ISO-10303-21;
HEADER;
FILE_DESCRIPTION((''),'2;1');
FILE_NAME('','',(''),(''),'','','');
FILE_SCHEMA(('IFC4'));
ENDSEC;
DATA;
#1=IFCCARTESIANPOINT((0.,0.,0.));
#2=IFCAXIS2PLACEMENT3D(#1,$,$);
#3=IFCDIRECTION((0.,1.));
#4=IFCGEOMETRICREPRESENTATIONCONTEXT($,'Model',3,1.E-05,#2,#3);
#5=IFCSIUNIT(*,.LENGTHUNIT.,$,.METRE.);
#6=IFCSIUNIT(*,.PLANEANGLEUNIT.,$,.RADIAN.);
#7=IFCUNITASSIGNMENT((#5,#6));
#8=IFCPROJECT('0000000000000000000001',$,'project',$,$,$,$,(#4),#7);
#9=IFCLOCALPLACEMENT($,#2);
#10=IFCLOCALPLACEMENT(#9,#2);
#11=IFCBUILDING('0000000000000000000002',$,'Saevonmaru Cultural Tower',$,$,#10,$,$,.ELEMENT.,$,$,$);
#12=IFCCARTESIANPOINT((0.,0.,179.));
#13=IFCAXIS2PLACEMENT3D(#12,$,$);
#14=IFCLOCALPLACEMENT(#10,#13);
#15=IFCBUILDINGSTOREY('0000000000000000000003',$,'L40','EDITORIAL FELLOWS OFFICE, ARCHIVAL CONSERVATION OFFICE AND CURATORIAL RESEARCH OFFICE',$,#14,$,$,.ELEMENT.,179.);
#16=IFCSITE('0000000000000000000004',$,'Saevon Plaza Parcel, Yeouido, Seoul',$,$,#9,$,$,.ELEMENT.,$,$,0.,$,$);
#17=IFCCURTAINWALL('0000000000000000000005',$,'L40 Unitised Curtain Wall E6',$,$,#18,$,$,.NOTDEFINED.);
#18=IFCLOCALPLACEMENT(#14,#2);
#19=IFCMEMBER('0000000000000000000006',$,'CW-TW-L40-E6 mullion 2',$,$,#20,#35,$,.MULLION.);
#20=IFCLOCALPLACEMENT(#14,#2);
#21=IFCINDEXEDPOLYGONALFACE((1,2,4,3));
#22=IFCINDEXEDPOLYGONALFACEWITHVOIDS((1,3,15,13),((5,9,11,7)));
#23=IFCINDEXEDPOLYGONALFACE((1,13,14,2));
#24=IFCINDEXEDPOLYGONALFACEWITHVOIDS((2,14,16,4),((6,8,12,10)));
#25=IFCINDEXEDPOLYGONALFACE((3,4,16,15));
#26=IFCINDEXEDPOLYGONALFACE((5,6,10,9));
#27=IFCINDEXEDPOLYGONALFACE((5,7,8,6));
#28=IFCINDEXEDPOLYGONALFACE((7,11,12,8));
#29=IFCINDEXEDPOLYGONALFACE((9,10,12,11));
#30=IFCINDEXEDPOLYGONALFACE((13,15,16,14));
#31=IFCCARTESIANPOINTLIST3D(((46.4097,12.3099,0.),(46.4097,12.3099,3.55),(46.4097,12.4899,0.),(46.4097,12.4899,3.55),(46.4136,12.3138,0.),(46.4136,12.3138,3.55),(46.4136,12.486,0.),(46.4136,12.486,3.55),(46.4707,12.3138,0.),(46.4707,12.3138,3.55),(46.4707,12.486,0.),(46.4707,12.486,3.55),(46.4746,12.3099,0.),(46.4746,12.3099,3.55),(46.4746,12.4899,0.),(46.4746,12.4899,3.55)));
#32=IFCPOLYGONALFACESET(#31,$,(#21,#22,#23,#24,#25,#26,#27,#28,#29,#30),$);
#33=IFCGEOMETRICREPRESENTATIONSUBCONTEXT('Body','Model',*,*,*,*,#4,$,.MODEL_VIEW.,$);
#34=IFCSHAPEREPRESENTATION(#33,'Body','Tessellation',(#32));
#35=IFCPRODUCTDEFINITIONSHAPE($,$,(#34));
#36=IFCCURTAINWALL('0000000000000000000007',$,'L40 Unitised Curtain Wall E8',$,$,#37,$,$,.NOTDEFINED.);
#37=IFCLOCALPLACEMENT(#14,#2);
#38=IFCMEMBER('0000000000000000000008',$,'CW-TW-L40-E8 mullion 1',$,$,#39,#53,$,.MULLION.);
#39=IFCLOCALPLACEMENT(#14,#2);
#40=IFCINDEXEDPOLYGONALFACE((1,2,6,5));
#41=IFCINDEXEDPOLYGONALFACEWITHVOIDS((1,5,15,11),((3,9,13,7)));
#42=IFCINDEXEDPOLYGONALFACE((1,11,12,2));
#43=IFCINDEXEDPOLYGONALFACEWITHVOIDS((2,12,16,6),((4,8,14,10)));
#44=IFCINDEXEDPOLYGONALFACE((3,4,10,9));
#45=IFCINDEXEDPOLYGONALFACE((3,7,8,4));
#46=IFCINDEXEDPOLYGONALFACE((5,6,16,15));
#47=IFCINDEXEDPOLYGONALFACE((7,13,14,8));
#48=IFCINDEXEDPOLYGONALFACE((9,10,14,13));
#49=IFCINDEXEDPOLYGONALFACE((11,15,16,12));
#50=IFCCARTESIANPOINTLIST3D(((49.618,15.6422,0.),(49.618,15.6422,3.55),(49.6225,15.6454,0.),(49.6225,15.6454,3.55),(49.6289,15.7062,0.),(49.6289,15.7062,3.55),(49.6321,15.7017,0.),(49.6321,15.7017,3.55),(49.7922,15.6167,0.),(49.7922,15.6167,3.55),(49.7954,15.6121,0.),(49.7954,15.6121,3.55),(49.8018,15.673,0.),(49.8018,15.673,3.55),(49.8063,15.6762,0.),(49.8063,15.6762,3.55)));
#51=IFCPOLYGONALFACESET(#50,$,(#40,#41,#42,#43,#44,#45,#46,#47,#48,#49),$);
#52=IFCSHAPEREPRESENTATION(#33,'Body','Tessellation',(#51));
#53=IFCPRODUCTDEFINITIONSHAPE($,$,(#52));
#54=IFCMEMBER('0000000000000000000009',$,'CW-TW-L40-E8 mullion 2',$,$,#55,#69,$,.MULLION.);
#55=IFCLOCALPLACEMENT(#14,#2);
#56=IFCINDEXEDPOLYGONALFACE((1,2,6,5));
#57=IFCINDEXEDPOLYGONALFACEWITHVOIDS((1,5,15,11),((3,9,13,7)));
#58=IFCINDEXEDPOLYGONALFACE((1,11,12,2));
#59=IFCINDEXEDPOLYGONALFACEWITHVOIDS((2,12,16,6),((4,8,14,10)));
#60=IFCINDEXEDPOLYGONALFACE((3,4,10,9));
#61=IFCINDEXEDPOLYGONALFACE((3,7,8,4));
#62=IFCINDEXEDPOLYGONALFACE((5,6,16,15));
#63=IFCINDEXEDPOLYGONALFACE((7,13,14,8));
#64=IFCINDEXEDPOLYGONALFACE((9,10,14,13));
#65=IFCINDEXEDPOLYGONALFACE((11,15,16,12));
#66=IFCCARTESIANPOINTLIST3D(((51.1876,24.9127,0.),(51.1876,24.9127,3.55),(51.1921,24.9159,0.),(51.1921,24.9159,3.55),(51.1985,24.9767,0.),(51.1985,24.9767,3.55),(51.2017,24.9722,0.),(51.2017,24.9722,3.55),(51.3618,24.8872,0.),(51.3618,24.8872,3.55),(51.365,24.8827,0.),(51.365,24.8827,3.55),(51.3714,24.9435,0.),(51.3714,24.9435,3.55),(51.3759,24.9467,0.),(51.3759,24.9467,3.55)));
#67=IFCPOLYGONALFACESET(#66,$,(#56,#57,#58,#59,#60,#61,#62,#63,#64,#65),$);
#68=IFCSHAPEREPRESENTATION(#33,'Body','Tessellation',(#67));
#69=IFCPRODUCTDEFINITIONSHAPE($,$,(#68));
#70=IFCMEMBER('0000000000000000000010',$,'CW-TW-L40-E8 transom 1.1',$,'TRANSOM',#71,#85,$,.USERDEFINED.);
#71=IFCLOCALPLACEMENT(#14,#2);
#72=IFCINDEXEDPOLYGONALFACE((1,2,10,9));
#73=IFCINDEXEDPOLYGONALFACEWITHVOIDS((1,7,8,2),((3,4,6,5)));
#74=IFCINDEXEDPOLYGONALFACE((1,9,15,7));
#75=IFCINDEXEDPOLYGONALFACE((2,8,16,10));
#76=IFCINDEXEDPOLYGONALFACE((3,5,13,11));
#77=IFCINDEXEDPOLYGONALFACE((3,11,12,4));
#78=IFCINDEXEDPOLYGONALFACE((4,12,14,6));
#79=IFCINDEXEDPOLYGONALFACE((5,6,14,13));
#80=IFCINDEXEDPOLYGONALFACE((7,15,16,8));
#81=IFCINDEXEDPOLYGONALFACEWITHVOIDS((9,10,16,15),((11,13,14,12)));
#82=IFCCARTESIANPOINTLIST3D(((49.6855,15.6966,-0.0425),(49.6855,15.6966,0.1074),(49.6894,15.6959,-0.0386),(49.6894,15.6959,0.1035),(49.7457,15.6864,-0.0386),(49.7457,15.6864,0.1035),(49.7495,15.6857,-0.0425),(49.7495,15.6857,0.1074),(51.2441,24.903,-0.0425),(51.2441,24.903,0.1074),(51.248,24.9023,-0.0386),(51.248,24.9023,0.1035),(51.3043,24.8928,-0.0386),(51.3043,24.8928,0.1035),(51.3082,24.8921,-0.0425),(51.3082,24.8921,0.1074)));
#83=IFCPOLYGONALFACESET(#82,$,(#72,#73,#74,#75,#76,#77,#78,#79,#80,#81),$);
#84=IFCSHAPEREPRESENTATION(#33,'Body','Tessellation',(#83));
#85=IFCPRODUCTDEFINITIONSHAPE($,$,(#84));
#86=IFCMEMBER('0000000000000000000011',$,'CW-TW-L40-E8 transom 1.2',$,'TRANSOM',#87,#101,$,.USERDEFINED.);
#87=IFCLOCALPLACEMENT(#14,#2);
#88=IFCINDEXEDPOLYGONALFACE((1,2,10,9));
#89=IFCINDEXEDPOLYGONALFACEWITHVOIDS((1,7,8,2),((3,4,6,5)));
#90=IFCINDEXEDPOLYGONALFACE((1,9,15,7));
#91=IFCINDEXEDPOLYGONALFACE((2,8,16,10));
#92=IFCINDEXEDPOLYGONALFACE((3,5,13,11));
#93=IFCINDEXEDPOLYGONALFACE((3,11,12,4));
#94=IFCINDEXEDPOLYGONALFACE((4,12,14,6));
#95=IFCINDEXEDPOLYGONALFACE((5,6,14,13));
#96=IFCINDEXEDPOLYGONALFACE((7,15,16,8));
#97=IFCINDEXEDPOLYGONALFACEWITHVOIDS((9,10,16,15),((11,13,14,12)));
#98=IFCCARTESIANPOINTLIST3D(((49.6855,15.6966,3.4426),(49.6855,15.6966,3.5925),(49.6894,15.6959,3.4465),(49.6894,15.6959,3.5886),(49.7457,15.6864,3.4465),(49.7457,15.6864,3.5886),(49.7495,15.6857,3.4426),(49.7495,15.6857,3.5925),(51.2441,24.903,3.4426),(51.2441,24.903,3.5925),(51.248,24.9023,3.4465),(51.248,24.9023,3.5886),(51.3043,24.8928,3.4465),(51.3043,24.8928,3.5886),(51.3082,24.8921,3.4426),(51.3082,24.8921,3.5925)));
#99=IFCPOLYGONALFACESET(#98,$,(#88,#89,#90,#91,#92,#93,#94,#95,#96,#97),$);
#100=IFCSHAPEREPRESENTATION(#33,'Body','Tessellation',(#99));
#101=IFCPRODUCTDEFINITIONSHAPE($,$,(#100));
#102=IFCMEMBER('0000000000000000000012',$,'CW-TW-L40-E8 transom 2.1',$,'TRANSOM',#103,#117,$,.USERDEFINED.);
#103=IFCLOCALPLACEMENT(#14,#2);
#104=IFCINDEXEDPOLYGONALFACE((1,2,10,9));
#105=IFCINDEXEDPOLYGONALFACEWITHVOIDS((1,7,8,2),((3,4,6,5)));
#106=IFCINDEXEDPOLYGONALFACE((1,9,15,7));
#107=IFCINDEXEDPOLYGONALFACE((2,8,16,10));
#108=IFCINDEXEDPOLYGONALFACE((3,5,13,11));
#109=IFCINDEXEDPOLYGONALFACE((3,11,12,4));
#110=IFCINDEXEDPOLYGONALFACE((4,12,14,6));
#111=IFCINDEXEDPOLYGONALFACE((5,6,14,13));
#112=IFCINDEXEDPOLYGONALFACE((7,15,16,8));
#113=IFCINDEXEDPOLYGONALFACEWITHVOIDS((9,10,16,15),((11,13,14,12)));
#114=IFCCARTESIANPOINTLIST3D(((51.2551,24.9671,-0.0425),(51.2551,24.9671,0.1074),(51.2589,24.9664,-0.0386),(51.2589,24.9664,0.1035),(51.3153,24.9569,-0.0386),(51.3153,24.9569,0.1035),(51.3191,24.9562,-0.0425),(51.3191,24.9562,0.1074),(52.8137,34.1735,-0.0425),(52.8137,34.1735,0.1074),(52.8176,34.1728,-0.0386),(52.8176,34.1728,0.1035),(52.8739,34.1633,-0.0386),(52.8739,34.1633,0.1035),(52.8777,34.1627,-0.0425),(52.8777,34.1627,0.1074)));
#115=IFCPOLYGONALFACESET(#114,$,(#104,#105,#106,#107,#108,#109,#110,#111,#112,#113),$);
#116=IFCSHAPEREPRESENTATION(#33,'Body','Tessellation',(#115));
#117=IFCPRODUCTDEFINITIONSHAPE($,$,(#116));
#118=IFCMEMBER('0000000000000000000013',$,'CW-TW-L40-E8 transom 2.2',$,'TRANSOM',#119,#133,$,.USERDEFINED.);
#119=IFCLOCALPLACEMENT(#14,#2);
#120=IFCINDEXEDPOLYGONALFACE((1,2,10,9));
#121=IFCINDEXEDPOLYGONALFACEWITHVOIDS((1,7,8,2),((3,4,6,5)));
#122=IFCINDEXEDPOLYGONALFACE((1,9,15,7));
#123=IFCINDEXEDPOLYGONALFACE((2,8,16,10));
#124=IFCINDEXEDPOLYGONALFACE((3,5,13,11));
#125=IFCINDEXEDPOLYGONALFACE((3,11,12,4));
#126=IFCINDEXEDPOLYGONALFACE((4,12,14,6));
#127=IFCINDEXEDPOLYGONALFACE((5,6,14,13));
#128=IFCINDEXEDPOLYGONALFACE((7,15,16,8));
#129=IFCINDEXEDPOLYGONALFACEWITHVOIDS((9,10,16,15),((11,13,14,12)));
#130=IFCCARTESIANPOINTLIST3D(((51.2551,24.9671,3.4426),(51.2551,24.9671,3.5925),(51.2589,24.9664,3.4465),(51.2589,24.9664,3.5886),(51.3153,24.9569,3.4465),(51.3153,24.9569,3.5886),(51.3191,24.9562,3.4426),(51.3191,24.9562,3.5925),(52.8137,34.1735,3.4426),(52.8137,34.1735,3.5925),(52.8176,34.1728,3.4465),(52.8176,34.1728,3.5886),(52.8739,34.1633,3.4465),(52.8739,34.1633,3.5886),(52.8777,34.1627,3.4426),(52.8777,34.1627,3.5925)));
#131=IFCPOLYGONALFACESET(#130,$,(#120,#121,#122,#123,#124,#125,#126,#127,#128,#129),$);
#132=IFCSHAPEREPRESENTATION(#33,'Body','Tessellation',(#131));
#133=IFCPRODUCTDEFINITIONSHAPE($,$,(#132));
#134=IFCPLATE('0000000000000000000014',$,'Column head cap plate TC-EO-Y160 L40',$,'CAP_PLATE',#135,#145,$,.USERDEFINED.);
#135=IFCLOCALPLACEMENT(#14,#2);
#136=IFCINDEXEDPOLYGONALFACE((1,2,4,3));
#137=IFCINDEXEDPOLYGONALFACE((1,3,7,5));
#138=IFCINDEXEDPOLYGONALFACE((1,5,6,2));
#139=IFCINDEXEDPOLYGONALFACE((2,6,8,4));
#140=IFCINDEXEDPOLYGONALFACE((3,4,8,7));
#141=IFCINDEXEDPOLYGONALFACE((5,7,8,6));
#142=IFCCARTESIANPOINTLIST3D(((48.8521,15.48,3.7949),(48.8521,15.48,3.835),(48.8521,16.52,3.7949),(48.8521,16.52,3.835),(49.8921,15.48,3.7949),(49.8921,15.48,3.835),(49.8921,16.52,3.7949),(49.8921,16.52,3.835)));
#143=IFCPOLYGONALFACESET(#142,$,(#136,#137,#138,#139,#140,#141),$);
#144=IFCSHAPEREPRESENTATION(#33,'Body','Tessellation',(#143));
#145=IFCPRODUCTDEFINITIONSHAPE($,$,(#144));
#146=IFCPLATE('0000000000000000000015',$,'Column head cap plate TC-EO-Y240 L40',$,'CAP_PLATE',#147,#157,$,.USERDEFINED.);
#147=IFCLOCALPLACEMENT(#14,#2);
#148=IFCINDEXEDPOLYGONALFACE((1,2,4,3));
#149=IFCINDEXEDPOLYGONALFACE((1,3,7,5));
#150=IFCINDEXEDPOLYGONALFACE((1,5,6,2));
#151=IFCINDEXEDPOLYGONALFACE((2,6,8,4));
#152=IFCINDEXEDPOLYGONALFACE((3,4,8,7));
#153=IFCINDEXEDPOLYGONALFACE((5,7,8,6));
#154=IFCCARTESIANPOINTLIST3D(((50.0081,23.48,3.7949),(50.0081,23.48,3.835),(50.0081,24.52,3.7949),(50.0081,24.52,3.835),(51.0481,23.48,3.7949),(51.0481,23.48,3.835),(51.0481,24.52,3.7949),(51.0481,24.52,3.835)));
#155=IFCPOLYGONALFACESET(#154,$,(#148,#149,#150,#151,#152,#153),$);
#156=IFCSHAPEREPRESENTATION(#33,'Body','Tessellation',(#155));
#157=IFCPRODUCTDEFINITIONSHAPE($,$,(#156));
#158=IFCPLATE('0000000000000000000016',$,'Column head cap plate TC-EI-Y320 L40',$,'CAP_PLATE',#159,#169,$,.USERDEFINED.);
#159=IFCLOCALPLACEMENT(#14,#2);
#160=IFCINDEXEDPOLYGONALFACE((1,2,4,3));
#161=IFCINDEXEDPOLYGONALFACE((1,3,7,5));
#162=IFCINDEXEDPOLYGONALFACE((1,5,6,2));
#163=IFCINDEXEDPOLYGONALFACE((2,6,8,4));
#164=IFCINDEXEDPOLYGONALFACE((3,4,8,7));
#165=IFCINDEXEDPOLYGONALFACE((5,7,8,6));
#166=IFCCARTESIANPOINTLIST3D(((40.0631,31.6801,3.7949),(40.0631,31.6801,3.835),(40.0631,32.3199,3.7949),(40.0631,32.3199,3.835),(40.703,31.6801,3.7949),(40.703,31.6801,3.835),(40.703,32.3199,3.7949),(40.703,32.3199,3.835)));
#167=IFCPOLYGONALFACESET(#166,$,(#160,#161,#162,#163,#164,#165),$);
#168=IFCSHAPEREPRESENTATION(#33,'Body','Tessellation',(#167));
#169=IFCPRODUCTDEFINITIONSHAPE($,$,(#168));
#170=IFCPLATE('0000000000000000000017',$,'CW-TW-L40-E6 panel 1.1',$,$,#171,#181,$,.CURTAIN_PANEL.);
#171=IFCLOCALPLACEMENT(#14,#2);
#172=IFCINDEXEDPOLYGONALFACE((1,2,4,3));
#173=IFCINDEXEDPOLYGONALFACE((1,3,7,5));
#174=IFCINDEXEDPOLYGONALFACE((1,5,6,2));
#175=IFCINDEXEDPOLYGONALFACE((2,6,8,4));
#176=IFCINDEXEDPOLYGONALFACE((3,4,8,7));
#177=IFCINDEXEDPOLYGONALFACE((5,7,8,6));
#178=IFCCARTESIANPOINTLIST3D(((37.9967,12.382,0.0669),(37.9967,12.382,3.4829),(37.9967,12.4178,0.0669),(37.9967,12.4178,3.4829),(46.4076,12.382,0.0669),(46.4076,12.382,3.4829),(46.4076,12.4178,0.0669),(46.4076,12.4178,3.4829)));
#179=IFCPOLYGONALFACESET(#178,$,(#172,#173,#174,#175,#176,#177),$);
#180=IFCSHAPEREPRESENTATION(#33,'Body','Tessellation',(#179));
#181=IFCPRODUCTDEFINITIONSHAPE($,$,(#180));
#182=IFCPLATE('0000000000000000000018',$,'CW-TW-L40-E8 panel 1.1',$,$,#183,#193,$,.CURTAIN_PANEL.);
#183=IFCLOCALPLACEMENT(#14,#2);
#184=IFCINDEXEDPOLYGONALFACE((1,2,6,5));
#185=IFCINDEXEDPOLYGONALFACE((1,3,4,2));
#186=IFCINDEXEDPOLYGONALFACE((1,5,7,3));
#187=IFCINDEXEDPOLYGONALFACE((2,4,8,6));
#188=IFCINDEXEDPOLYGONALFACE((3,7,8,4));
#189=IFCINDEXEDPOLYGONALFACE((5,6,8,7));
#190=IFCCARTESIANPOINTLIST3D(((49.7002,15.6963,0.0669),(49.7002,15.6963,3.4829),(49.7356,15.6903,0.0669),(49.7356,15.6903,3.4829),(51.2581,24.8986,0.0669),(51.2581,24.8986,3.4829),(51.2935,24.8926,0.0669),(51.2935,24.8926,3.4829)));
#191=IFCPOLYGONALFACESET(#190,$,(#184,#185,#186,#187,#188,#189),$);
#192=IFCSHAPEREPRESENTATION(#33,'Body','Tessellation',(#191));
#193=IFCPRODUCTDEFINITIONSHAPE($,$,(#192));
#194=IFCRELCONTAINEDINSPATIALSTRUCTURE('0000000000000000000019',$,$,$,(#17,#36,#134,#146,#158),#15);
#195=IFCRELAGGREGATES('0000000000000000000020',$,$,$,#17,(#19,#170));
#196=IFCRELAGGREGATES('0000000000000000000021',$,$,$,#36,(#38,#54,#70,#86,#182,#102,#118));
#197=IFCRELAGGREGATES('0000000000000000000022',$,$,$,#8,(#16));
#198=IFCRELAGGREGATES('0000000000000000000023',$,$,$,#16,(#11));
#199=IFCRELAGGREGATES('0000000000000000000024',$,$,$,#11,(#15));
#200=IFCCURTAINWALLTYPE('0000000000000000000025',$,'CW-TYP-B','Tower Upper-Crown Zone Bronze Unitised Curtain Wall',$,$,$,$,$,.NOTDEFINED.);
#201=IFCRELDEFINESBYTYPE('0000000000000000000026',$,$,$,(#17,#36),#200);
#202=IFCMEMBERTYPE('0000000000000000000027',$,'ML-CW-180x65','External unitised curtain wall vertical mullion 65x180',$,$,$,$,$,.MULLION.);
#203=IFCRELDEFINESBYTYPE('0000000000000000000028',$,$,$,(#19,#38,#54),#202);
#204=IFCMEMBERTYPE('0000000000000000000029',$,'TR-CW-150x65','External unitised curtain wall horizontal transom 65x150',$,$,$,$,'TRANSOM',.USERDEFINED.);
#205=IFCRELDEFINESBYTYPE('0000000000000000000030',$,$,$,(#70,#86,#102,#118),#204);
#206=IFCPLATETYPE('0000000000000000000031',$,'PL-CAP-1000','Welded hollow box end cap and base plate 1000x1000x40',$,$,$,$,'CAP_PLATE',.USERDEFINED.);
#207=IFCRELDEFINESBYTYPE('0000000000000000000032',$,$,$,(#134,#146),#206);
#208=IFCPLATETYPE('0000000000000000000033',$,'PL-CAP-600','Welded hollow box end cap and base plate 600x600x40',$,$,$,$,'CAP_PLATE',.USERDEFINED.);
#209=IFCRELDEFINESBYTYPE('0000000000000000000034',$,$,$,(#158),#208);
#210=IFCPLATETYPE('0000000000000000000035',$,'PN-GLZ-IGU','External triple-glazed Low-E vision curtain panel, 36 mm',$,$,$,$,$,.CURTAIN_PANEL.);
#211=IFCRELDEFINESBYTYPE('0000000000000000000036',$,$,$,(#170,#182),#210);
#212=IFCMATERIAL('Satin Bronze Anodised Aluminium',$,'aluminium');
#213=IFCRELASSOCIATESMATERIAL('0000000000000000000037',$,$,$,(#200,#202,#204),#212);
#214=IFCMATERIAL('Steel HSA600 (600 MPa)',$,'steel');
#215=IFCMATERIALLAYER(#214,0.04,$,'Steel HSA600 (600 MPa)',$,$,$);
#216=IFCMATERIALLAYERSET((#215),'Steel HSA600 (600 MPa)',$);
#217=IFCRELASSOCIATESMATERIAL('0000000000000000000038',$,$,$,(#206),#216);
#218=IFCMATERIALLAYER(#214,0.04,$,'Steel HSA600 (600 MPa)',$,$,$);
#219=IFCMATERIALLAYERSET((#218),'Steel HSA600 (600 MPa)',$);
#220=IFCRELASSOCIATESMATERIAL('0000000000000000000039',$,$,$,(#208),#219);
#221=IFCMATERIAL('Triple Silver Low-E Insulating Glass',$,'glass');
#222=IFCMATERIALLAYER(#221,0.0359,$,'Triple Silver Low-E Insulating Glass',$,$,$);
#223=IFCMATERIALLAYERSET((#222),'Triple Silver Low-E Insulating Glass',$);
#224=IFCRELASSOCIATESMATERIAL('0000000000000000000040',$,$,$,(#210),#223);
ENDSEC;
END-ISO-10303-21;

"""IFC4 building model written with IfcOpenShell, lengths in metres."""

from ifc_helpers import new_model, si_unit, direction, frame, origin, origin_2d, place, context, subcontext, project, spatial, rectangle, hollow_rectangle, extrude, material, layer, layer_set, material_profile, profile_set, type_object, element, aggregate, save


model = new_model("IFC4")

# Units and contexts
model_context = context("Model", 3, precision=1e-05, world=origin(), true_north=direction((0.0, 1.0)))
body_context = subcontext(model_context, "Body", "Model", "MODEL_VIEW")
ifc_project = project(units=[si_unit("LENGTHUNIT", "METRE"), si_unit("PLANEANGLEUNIT", "RADIAN")], contexts=[model_context])

# Site, building, storey
site_placement = place(None, origin())
site = spatial("IfcSite", under=ifc_project, at=site_placement, Name="Saevon Plaza Parcel, Yeouido, Seoul", CompositionType="ELEMENT", RefElevation=0.0)
building_placement = place(site_placement, origin())
building = spatial("IfcBuilding", under=site, at=building_placement, Name="Saevonmaru Cultural Tower", CompositionType="ELEMENT")
storey_placement = place(building_placement, frame((0.0, 0.0, 179.0)))
storey = spatial("IfcBuildingStorey", under=building, at=storey_placement, Name="L40", Description="EDITORIAL FELLOWS OFFICE, ARCHIVAL CONSERVATION OFFICE AND CURATORIAL RESEARCH OFFICE", CompositionType="ELEMENT", Elevation=179.0)

# Curtain wall, member
ifc_material_1 = material(Name="Satin Bronze Anodised Aluminium", Category="aluminium")
curtain_wall_type = type_object("IfcCurtainWallType", Name="CW-TYP-B", Description="Tower Upper-Crown Zone Bronze Unitised Curtain Wall", PredefinedType="NOTDEFINED", material=ifc_material_1)
curtain_wall_1_placement = place(storey_placement, origin())
curtain_wall_1 = element("IfcCurtainWall", 1, at=curtain_wall_1_placement, inside=storey, type_object=curtain_wall_type, Name="L40 Unitised Curtain Wall E6", PredefinedType="NOTDEFINED")
ifc_material_profile_1 = material_profile(ifc_material_1, hollow_rectangle(XDim=0.0649, YDim=0.1799, WallThickness=0.0039, at=origin_2d()), Name="ALU-MULL-180x65x4")
ifc_profile_set_1 = profile_set([ifc_material_profile_1], Name="Satin Bronze Anodised Aluminium")
member_type_1 = type_object("IfcMemberType", Name="ML-CW-180x65", Description="External unitised curtain wall vertical mullion 65x180", PredefinedType="MULLION", material=ifc_profile_set_1)
member_1_placement = place(storey_placement, frame((46.4421, 12.3999, 0.0), z_axis=(0.0, 0.0, 1.0), x_axis=(1.0, 0.0, 0.0)))
member_1 = element("IfcMember", 2, at=member_1_placement, type_object=member_type_1, Name="CW-TW-L40-E6 mullion 2", PredefinedType="MULLION", context=body_context, shape_type="SweptSolid", body=[
    extrude(hollow_rectangle(XDim=0.0649, YDim=0.1799, WallThickness=0.0039, at=origin_2d()), origin(), (0.0, 0.0, 1.0), 3.55),
])

# Curtain wall, members
curtain_wall_2_placement = place(storey_placement, origin())
curtain_wall_2 = element("IfcCurtainWall", 3, at=curtain_wall_2_placement, inside=storey, type_object=curtain_wall_type, Name="L40 Unitised Curtain Wall E8", PredefinedType="NOTDEFINED")
member_2_placement = place(storey_placement, frame((49.7122, 15.6592, 0.0), z_axis=(0.0, 0.0, 1.0), x_axis=(0.166922, 0.98597, 0.0)))
member_2 = element("IfcMember", 4, at=member_2_placement, type_object=member_type_1, Name="CW-TW-L40-E8 mullion 1", PredefinedType="MULLION", context=body_context, shape_type="SweptSolid", body=[
    extrude(hollow_rectangle(XDim=0.0649, YDim=0.1799, WallThickness=0.0039, at=origin_2d()), origin(), (0.0, 0.0, 1.0), 3.55),
])
member_3_placement = place(storey_placement, frame((51.2817, 24.9297, 0.0), z_axis=(0.0, 0.0, 1.0), x_axis=(0.166922, 0.98597, 0.0)))
member_3 = element("IfcMember", 5, at=member_3_placement, type_object=member_type_1, Name="CW-TW-L40-E8 mullion 2", PredefinedType="MULLION", context=body_context, shape_type="SweptSolid", body=[
    extrude(hollow_rectangle(XDim=0.0649, YDim=0.1799, WallThickness=0.0039, at=origin_2d()), origin(), (0.0, 0.0, 1.0), 3.55),
])
ifc_material_profile_2 = material_profile(ifc_material_1, hollow_rectangle(XDim=0.0649, YDim=0.1499, WallThickness=0.0039, at=origin_2d()), Name="ALU-TRAN-150x65x4")
ifc_profile_set_2 = profile_set([ifc_material_profile_2], Name="Satin Bronze Anodised Aluminium")
member_type_2 = type_object("IfcMemberType", Name="TR-CW-150x65", Description="External unitised curtain wall horizontal transom 65x150", ElementType="TRANSOM", PredefinedType="USERDEFINED", material=ifc_profile_set_2)
member_4_placement = place(storey_placement, frame((49.7175, 15.6912, 0.0325), z_axis=(0.166921, 0.98597, 0.0), x_axis=(-0.98597, 0.166921, 0.0)))
member_4 = element("IfcMember", 6, at=member_4_placement, type_object=member_type_2, Name="CW-TW-L40-E8 transom 1.1", ObjectType="TRANSOM", PredefinedType="USERDEFINED", context=body_context, shape_type="SweptSolid", body=[
    extrude(hollow_rectangle(XDim=0.0649, YDim=0.1499, WallThickness=0.0039, at=origin_2d()), origin(), (0.0, 0.0, 1.0), 9.3374),
])
member_5_placement = place(storey_placement, frame((49.7175, 15.6912, 3.5176), z_axis=(0.166921, 0.98597, 0.0), x_axis=(-0.98597, 0.166921, 0.0)))
member_5 = element("IfcMember", 7, at=member_5_placement, type_object=member_type_2, Name="CW-TW-L40-E8 transom 1.2", ObjectType="TRANSOM", PredefinedType="USERDEFINED", context=body_context, shape_type="SweptSolid", body=[
    extrude(hollow_rectangle(XDim=0.0649, YDim=0.1499, WallThickness=0.0039, at=origin_2d()), origin(), (0.0, 0.0, 1.0), 9.3374),
])
member_6_placement = place(storey_placement, frame((51.2871, 24.9617, 0.0325), z_axis=(0.166921, 0.98597, 0.0), x_axis=(-0.98597, 0.166921, 0.0)))
member_6 = element("IfcMember", 8, at=member_6_placement, type_object=member_type_2, Name="CW-TW-L40-E8 transom 2.1", ObjectType="TRANSOM", PredefinedType="USERDEFINED", context=body_context, shape_type="SweptSolid", body=[
    extrude(hollow_rectangle(XDim=0.0649, YDim=0.1499, WallThickness=0.0039, at=origin_2d()), origin(), (0.0, 0.0, 1.0), 9.3374),
])
member_7_placement = place(storey_placement, frame((51.2871, 24.9617, 3.5176), z_axis=(0.166921, 0.98597, 0.0), x_axis=(-0.98597, 0.166921, 0.0)))
member_7 = element("IfcMember", 9, at=member_7_placement, type_object=member_type_2, Name="CW-TW-L40-E8 transom 2.2", ObjectType="TRANSOM", PredefinedType="USERDEFINED", context=body_context, shape_type="SweptSolid", body=[
    extrude(hollow_rectangle(XDim=0.0649, YDim=0.1499, WallThickness=0.0039, at=origin_2d()), origin(), (0.0, 0.0, 1.0), 9.3374),
])

# Plates
ifc_material_2 = material(Name="Steel HSA600 (600 MPa)", Category="steel")
ifc_layer_1 = layer(ifc_material_2, 0.04, Name="Steel HSA600 (600 MPa)")
ifc_layer_set_1 = layer_set([ifc_layer_1], Name="Steel HSA600 (600 MPa)")
plate_type_1 = type_object("IfcPlateType", Name="PL-CAP-1000", Description="Welded hollow box end cap and base plate 1000x1000x40", ElementType="CAP_PLATE", PredefinedType="USERDEFINED", material=ifc_layer_set_1)
for number, where, z_axis, x_axis, name in (
    (10, (49.3721, 16.0, 3.7949), (0.0, 0.0, 1.0), (1.0, 0.0, 0.0), "Column head cap plate TC-EO-Y160 L40"),
    (11, (50.5281, 24.0, 3.7949), (0.0, 0.0, 1.0), (1.0, 0.0, 0.0), "Column head cap plate TC-EO-Y240 L40"),
):
    element("IfcPlate", number, at=place(storey_placement, frame(where, z_axis=z_axis, x_axis=x_axis)), inside=storey, type_object=plate_type_1, Name=name, ObjectType="CAP_PLATE", PredefinedType="USERDEFINED", context=body_context, shape_type="SweptSolid", body=[
        extrude(rectangle(XDim=1.04, YDim=1.04, at=origin_2d()), origin(), (0.0, 0.0, 1.0), 0.04),
    ])
ifc_layer_2 = layer(ifc_material_2, 0.04, Name="Steel HSA600 (600 MPa)")
ifc_layer_set_2 = layer_set([ifc_layer_2], Name="Steel HSA600 (600 MPa)")
plate_type_2 = type_object("IfcPlateType", Name="PL-CAP-600", Description="Welded hollow box end cap and base plate 600x600x40", ElementType="CAP_PLATE", PredefinedType="USERDEFINED", material=ifc_layer_set_2)
plate_1_placement = place(storey_placement, frame((40.3831, 32.0, 3.7949), z_axis=(0.0, 0.0, 1.0), x_axis=(1.0, 0.0, 0.0)))
element("IfcPlate", 12, at=plate_1_placement, inside=storey, type_object=plate_type_2, Name="Column head cap plate TC-EI-Y320 L40", ObjectType="CAP_PLATE", PredefinedType="USERDEFINED", context=body_context, shape_type="SweptSolid", body=[
    extrude(rectangle(XDim=0.6399, YDim=0.6399, at=origin_2d()), origin(), (0.0, 0.0, 1.0), 0.04),
])

# Plates
ifc_material_3 = material(Name="Triple Silver Low-E Insulating Glass", Category="glass")
ifc_layer_3 = layer(ifc_material_3, 0.0359, Name="Triple Silver Low-E Insulating Glass")
ifc_layer_set_3 = layer_set([ifc_layer_3], Name="Triple Silver Low-E Insulating Glass")
plate_type_3 = type_object("IfcPlateType", Name="PN-GLZ-IGU", Description="External triple-glazed Low-E vision curtain panel, 36 mm", PredefinedType="CURTAIN_PANEL", material=ifc_layer_set_3)
plate_2_placement = place(storey_placement, frame((42.2021, 12.3999, 0.0669), z_axis=(0.0, 0.0, 1.0), x_axis=(1.0, 0.0, 0.0)))
plate_2 = element("IfcPlate", 13, at=plate_2_placement, type_object=plate_type_3, Name="CW-TW-L40-E6 panel 1.1", PredefinedType="CURTAIN_PANEL", context=body_context, shape_type="SweptSolid", body=[
    extrude(rectangle(XDim=8.4109, YDim=0.0359, at=origin_2d()), origin(), (0.0, 0.0, 1.0), 3.416),
])
aggregate(curtain_wall_1, [member_1, plate_2])
plate_3_placement = place(storey_placement, frame((50.4968, 20.2944, 0.0669), z_axis=(0.0, 0.0, 1.0), x_axis=(0.166922, 0.98597, 0.0)))
plate_3 = element("IfcPlate", 14, at=plate_3_placement, type_object=plate_type_3, Name="CW-TW-L40-E8 panel 1.1", PredefinedType="CURTAIN_PANEL", context=body_context, shape_type="SweptSolid", body=[
    extrude(rectangle(XDim=9.3333, YDim=0.0359, at=origin_2d()), origin(), (0.0, 0.0, 1.0), 3.416),
])
aggregate(curtain_wall_2, [member_2, member_3, member_4, member_5, plate_3, member_6, member_7])

save(model, "model.ifc")
